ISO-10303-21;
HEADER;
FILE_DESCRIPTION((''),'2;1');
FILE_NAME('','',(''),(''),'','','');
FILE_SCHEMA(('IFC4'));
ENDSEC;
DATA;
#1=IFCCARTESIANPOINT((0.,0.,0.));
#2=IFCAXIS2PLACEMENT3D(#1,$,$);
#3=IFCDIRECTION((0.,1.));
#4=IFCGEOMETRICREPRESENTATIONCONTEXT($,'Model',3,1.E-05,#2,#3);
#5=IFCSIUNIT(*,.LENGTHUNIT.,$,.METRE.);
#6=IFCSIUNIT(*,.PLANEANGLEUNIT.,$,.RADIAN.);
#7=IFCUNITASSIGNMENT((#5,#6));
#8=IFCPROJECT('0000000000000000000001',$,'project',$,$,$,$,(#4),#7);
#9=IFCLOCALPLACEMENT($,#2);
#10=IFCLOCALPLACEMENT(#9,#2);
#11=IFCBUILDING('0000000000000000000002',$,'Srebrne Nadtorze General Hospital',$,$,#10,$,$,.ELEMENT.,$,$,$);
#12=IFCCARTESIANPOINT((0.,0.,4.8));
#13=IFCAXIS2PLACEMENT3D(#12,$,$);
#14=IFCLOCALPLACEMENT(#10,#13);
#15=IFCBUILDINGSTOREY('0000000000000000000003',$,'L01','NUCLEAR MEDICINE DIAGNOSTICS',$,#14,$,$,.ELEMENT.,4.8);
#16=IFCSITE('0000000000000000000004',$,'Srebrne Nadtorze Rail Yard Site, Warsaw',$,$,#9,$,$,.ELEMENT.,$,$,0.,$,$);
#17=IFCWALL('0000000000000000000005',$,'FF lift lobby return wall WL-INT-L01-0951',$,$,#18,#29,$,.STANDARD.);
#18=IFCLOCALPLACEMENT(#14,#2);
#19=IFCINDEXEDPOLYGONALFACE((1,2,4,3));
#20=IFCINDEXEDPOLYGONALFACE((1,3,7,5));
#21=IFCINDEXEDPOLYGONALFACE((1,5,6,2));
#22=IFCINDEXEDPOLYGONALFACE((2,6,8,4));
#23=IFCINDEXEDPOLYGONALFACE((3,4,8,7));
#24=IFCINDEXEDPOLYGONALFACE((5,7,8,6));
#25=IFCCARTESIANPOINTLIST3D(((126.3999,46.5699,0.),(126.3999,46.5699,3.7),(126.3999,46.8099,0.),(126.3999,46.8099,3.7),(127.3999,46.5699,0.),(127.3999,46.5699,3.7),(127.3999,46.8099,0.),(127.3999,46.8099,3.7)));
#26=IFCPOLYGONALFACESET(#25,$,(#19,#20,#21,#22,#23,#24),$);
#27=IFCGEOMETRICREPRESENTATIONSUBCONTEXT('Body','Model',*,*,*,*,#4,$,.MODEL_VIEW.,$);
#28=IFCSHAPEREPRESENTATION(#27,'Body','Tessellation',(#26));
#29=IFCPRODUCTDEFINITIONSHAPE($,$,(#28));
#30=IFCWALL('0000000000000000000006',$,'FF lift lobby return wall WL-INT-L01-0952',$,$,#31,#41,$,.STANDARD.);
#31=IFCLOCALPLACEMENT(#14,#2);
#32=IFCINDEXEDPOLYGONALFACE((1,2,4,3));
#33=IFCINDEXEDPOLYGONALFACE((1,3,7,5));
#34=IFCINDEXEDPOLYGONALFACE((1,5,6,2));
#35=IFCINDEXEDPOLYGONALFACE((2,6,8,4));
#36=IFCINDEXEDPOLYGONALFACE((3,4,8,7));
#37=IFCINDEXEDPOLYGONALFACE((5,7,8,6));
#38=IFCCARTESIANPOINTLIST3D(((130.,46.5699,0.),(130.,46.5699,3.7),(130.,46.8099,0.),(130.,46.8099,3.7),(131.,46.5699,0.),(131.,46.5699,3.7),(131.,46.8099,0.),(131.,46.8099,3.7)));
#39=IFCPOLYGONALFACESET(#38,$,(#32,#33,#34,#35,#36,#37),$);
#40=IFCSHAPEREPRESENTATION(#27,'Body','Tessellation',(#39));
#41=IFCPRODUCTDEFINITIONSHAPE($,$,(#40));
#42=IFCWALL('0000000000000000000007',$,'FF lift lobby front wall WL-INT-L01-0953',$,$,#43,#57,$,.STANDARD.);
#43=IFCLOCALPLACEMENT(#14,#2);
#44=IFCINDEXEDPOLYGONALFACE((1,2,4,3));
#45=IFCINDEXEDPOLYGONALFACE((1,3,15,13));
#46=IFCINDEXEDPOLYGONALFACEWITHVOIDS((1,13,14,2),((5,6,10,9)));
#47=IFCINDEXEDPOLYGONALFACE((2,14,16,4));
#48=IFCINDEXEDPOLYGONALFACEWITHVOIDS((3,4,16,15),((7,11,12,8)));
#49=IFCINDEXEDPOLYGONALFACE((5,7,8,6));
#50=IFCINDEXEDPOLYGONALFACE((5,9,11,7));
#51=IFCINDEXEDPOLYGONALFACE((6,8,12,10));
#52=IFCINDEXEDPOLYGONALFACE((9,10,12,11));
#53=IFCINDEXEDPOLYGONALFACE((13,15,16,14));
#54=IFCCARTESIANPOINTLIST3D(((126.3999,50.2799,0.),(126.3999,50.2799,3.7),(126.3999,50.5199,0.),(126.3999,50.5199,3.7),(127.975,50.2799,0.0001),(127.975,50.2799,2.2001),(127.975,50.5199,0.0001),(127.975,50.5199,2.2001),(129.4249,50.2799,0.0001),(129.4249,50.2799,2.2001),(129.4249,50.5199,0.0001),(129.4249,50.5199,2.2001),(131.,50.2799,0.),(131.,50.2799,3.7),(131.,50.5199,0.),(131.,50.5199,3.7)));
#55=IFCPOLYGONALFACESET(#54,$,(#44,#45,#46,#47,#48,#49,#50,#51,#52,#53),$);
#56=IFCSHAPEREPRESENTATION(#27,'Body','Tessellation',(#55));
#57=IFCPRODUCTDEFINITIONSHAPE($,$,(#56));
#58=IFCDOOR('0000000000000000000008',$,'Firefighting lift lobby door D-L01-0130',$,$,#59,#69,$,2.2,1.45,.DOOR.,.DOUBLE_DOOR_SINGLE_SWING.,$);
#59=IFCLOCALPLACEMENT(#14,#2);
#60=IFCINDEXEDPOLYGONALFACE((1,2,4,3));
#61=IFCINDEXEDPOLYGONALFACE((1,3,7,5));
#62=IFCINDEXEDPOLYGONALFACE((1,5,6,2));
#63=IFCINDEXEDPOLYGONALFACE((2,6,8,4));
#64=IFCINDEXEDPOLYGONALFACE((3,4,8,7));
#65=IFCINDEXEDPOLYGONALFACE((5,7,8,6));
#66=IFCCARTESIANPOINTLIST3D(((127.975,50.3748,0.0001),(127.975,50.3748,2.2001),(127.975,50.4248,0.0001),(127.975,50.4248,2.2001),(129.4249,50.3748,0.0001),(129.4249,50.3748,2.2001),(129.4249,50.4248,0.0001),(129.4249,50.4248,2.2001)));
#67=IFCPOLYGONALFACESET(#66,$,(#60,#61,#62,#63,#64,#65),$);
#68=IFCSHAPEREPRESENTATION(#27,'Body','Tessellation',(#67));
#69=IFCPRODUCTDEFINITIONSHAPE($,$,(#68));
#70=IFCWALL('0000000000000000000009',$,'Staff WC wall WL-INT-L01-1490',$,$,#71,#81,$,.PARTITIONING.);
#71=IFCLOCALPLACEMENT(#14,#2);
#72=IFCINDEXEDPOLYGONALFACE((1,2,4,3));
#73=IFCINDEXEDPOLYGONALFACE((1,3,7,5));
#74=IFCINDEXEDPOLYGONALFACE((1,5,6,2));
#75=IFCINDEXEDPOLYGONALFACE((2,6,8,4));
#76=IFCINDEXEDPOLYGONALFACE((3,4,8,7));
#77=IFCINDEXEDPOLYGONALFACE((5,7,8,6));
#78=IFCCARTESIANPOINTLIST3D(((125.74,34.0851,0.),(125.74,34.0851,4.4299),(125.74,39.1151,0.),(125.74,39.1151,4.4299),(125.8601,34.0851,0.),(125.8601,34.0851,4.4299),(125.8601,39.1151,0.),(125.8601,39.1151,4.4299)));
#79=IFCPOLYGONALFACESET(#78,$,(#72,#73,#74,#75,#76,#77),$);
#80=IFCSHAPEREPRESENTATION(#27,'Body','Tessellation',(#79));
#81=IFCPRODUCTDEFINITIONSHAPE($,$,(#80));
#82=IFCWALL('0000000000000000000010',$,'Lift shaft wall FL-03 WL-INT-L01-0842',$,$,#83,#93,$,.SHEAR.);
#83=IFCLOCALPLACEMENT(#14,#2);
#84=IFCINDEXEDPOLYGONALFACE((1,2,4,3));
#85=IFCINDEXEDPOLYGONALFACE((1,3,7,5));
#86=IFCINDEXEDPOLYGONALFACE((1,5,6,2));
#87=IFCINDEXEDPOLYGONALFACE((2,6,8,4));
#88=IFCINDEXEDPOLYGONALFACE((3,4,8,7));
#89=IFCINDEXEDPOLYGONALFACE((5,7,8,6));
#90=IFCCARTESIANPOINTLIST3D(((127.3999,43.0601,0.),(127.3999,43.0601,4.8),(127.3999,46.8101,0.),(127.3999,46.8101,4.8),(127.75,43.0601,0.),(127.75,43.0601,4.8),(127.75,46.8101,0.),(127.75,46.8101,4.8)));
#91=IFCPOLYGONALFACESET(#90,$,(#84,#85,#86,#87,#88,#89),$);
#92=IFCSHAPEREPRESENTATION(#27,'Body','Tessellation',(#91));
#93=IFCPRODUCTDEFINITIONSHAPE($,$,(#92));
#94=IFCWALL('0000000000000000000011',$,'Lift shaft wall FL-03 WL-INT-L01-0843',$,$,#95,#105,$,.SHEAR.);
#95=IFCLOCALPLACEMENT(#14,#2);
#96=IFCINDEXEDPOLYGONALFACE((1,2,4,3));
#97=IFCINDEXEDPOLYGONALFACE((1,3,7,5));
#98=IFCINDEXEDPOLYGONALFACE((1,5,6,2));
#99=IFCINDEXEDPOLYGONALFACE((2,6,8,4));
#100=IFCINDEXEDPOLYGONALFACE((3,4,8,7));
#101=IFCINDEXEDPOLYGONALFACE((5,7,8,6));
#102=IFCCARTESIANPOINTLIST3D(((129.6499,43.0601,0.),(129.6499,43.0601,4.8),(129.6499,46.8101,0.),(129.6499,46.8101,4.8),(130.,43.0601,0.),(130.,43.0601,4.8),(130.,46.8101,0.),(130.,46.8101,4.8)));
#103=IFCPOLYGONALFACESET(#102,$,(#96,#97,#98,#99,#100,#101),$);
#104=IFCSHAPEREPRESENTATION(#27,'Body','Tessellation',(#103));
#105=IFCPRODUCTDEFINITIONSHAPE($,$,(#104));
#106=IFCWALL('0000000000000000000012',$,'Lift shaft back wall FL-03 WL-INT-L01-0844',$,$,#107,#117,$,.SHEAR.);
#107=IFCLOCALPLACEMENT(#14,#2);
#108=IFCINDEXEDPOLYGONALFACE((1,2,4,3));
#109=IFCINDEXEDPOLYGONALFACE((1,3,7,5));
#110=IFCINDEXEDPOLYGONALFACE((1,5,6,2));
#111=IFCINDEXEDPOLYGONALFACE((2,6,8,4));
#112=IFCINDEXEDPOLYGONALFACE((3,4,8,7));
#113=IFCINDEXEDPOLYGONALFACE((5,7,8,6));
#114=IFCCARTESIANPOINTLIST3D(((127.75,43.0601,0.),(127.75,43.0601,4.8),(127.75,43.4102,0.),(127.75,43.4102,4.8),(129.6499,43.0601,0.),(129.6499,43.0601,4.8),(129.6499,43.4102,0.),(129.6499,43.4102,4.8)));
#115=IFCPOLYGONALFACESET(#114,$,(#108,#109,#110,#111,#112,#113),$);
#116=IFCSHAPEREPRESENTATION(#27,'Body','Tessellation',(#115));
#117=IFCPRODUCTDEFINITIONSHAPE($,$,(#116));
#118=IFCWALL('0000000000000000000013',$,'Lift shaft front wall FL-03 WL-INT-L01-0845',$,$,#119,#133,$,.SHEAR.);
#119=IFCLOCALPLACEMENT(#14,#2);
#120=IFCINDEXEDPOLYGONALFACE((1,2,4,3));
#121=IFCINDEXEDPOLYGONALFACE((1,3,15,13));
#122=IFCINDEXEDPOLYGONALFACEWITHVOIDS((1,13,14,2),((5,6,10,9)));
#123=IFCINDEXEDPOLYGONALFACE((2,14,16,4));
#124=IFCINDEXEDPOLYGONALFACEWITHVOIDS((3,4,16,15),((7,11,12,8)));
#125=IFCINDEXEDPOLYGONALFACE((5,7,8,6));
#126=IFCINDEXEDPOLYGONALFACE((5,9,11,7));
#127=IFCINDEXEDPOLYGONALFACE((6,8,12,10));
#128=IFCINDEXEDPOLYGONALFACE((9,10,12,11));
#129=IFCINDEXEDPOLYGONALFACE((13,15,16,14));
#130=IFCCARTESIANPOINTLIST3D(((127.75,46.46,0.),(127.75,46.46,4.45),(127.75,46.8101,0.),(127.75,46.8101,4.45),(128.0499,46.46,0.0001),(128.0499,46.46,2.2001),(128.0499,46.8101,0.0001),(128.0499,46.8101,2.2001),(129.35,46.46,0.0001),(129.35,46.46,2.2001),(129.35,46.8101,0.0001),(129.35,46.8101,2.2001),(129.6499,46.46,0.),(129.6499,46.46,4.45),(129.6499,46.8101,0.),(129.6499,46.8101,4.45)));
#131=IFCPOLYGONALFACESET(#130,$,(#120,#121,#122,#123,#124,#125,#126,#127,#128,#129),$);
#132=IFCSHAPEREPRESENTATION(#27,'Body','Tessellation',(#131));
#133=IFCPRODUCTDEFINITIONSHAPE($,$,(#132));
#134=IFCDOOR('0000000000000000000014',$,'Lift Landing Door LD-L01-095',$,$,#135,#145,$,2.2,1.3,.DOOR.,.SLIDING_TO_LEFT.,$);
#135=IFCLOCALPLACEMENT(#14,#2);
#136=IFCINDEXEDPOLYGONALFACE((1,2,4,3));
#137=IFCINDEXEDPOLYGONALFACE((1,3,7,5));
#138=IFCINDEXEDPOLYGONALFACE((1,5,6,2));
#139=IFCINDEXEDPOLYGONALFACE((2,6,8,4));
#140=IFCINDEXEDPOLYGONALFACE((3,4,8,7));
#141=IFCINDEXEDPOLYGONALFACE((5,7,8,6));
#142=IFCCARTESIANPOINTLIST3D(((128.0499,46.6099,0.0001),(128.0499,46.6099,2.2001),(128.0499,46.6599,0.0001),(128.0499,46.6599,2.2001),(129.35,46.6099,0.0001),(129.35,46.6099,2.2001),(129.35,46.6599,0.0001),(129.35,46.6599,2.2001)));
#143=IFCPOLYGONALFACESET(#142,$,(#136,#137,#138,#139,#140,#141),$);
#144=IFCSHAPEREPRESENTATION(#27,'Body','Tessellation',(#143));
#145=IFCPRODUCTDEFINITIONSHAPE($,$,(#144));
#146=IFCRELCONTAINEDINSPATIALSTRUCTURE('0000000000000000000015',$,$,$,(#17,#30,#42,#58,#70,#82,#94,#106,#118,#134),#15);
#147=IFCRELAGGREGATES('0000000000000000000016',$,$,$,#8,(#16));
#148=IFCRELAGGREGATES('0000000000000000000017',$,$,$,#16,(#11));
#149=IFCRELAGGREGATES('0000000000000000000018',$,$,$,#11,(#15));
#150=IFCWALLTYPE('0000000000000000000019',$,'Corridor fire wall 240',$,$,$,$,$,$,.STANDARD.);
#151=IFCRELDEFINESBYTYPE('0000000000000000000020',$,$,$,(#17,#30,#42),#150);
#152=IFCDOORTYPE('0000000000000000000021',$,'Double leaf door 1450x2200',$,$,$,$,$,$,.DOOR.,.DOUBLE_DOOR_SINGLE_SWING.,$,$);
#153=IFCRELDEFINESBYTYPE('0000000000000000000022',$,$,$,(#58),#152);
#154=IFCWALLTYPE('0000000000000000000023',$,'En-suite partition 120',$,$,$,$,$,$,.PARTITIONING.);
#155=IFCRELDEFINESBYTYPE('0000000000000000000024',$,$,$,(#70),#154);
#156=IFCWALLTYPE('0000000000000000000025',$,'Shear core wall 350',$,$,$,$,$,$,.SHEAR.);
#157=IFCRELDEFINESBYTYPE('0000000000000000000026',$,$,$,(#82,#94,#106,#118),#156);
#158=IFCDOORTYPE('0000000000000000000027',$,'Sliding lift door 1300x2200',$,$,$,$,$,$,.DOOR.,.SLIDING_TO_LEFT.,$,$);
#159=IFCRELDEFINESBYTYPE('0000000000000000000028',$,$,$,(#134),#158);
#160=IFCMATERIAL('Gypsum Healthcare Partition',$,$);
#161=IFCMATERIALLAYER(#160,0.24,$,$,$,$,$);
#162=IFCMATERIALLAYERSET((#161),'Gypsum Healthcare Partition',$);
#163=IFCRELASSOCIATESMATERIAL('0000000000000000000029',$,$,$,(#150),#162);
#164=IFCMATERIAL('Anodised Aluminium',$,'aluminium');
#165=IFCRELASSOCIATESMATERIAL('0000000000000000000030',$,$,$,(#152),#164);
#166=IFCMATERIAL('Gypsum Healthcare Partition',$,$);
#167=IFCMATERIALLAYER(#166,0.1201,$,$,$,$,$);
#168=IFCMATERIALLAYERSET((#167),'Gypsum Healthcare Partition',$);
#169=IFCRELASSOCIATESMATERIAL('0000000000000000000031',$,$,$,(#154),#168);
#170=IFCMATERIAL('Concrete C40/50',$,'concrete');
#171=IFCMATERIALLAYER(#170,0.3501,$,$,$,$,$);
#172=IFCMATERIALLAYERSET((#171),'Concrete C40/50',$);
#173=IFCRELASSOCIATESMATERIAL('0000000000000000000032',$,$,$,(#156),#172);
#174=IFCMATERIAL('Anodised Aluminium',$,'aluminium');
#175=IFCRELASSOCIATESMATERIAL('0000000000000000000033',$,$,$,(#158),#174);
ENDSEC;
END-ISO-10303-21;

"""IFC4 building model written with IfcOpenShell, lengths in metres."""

from ifc_helpers import new_model, si_unit, direction, frame, frame_2d, origin, place, context, subcontext, project, spatial, rectangle, extrude, material, layer, layer_set, type_object, element, fill, save


model = new_model("IFC4")

# Units and contexts
model_context = context("Model", 3, precision=1e-05, world=origin(), true_north=direction((0.0, 1.0)))
body_context = subcontext(model_context, "Body", "Model", "MODEL_VIEW")
ifc_project = project(units=[si_unit("LENGTHUNIT", "METRE"), si_unit("PLANEANGLEUNIT", "RADIAN")], contexts=[model_context])

# Site, building, storey
site_placement = place(None, origin())
site = spatial("IfcSite", under=ifc_project, at=site_placement, Name="Srebrne Nadtorze Rail Yard Site, Warsaw", CompositionType="ELEMENT", RefElevation=0.0)
building_placement = place(site_placement, origin())
building = spatial("IfcBuilding", under=site, at=building_placement, Name="Srebrne Nadtorze General Hospital", CompositionType="ELEMENT")
storey_placement = place(building_placement, frame((0.0, 0.0, 4.8)))
storey = spatial("IfcBuildingStorey", under=building, at=storey_placement, Name="L01", Description="NUCLEAR MEDICINE DIAGNOSTICS", CompositionType="ELEMENT", Elevation=4.8)

# Walls
ifc_material_1 = material(Name="Gypsum Healthcare Partition")
ifc_layer_1 = layer(ifc_material_1, 0.24)
ifc_layer_set_1 = layer_set([ifc_layer_1], Name="Gypsum Healthcare Partition")
wall_type_1 = type_object("IfcWallType", Name="Corridor fire wall 240", PredefinedType="STANDARD", material=ifc_layer_set_1)
for number, where, z_axis, x_axis, name in (
    (1, (126.3999, 46.6899, 0.0), (0.0, 0.0, 1.0), (1.0, 0.0, 0.0), "FF lift lobby return wall WL-INT-L01-0951"),
    (2, (130.0, 46.6899, 0.0), (0.0, 0.0, 1.0), (1.0, 0.0, 0.0), "FF lift lobby return wall WL-INT-L01-0952"),
):
    element("IfcWall", number, at=place(storey_placement, frame(where, z_axis=z_axis, x_axis=x_axis)), inside=storey, type_object=wall_type_1, Name=name, PredefinedType="STANDARD", context=body_context, shape_type="SweptSolid", body=[
        extrude(rectangle(XDim=1.0, YDim=0.24, at=frame_2d((0.5, 0.0))), origin(), (0.0, 0.0, 1.0), 3.7),
    ])

# Wall, opening, door
wall_1_placement = place(storey_placement, frame((126.3999, 50.3999, 0.0), z_axis=(0.0, 0.0, 1.0), x_axis=(1.0, 0.0, 0.0)))
wall_1 = element("IfcWall", 3, at=wall_1_placement, inside=storey, type_object=wall_type_1, Name="FF lift lobby front wall WL-INT-L01-0953", PredefinedType="STANDARD", context=body_context, shape_type="SweptSolid", body=[
    extrude(rectangle(XDim=4.6001, YDim=0.24, at=frame_2d((2.3, 0.0))), origin(), (0.0, 0.0, 1.0), 3.7),
])
opening_1_placement = place(wall_1_placement, frame((1.575, 0.0, 0.0)))
opening_1 = element("IfcOpeningElement", 4, at=opening_1_placement, cuts=wall_1, PredefinedType="OPENING", context=body_context, shape_type="SweptSolid", body=[
    extrude(rectangle(XDim=1.45, YDim=2.2, at=frame_2d((0.7251, 1.1001))), frame((0.0, 0.1318, 0.0), z_axis=(0.0, -1.0, 0.0), x_axis=(1.0, 0.0, 0.0)), (0.0, 0.0, 1.0), 0.2639),
])
ifc_material_2 = material(Name="Anodised Aluminium", Category="aluminium")
door_type_1 = type_object("IfcDoorType", Name="Double leaf door 1450x2200", OperationType="DOUBLE_DOOR_SINGLE_SWING", PredefinedType="DOOR", material=ifc_material_2)
door_1_placement = place(opening_1_placement, origin())
door_1 = element("IfcDoor", 5, at=door_1_placement, inside=storey, type_object=door_type_1, Name="Firefighting lift lobby door D-L01-0130", OperationType="DOUBLE_DOOR_SINGLE_SWING", OverallHeight=2.2, OverallWidth=1.45, PredefinedType="DOOR", context=body_context, shape_type="SweptSolid", body=[
    extrude(rectangle(XDim=1.45, YDim=2.2, at=frame_2d((0.7251, 1.1001))), frame((0.0, 0.0249, 0.0), z_axis=(0.0, -1.0, 0.0), x_axis=(1.0, 0.0, 0.0)), (0.0, 0.0, 1.0), 0.05),
])
fill(opening_1, door_1)

# Walls
ifc_material_3 = material(Name="Gypsum Healthcare Partition")
ifc_layer_2 = layer(ifc_material_3, 0.1201)
ifc_layer_set_2 = layer_set([ifc_layer_2], Name="Gypsum Healthcare Partition")
wall_type_2 = type_object("IfcWallType", Name="En-suite partition 120", PredefinedType="PARTITIONING", material=ifc_layer_set_2)
wall_2_placement = place(storey_placement, frame((125.8, 34.085, 0.0), z_axis=(0.0, 0.0, 1.0), x_axis=(0.0, 1.0, 0.0)))
element("IfcWall", 6, at=wall_2_placement, inside=storey, type_object=wall_type_2, Name="Staff WC wall WL-INT-L01-1490", PredefinedType="PARTITIONING", context=body_context, shape_type="SweptSolid", body=[
    extrude(rectangle(XDim=5.03, YDim=0.1201, at=frame_2d((2.5151, 0.0))), origin(), (0.0, 0.0, 1.0), 4.4299),
])
ifc_material_4 = material(Name="Concrete C40/50", Category="concrete")
ifc_layer_3 = layer(ifc_material_4, 0.3501)
ifc_layer_set_3 = layer_set([ifc_layer_3], Name="Concrete C40/50")
wall_type_3 = type_object("IfcWallType", Name="Shear core wall 350", PredefinedType="SHEAR", material=ifc_layer_set_3)
for number, where, z_axis, x_axis, name in (
    (7, (127.575, 43.0601, 0.0), (0.0, 0.0, 1.0), (0.0, 1.0, 0.0), "Lift shaft wall FL-03 WL-INT-L01-0842"),
    (8, (129.825, 43.0601, 0.0), (0.0, 0.0, 1.0), (0.0, 1.0, 0.0), "Lift shaft wall FL-03 WL-INT-L01-0843"),
):
    element("IfcWall", number, at=place(storey_placement, frame(where, z_axis=z_axis, x_axis=x_axis)), inside=storey, type_object=wall_type_3, Name=name, PredefinedType="SHEAR", context=body_context, shape_type="SweptSolid", body=[
        extrude(rectangle(XDim=3.75, YDim=0.3501, at=frame_2d((1.875, 0.0))), origin(), (0.0, 0.0, 1.0), 4.8),
    ])
wall_3_placement = place(storey_placement, frame((127.75, 43.2351, 0.0), z_axis=(0.0, 0.0, 1.0), x_axis=(1.0, 0.0, 0.0)))
element("IfcWall", 9, at=wall_3_placement, inside=storey, type_object=wall_type_3, Name="Lift shaft back wall FL-03 WL-INT-L01-0844", PredefinedType="SHEAR", context=body_context, shape_type="SweptSolid", body=[
    extrude(rectangle(XDim=1.8999, YDim=0.3501, at=frame_2d((0.95, 0.0))), origin(), (0.0, 0.0, 1.0), 4.8),
])

# Wall, opening, door
wall_4_placement = place(storey_placement, frame((127.75, 46.635, 0.0), z_axis=(0.0, 0.0, 1.0), x_axis=(1.0, 0.0, 0.0)))
wall_4 = element("IfcWall", 10, at=wall_4_placement, inside=storey, type_object=wall_type_3, Name="Lift shaft front wall FL-03 WL-INT-L01-0845", PredefinedType="SHEAR", context=body_context, shape_type="SweptSolid", body=[
    extrude(rectangle(XDim=1.8999, YDim=0.3501, at=frame_2d((0.95, 0.0))), origin(), (0.0, 0.0, 1.0), 4.45),
])
opening_2_placement = place(wall_4_placement, frame((0.3, 0.0, 0.0)))
opening_2 = element("IfcOpeningElement", 11, at=opening_2_placement, cuts=wall_4, PredefinedType="OPENING", context=body_context, shape_type="SweptSolid", body=[
    extrude(rectangle(XDim=1.3, YDim=2.2, at=frame_2d((0.6499, 1.1001))), frame((0.0, 0.187, 0.0), z_axis=(0.0, -1.0, 0.0), x_axis=(1.0, 0.0, 0.0)), (0.0, 0.0, 1.0), 0.374),
])
ifc_material_5 = material(Name="Anodised Aluminium", Category="aluminium")
door_type_2 = type_object("IfcDoorType", Name="Sliding lift door 1300x2200", OperationType="SLIDING_TO_LEFT", PredefinedType="DOOR", material=ifc_material_5)
door_2_placement = place(opening_2_placement, origin())
door_2 = element("IfcDoor", 12, at=door_2_placement, inside=storey, type_object=door_type_2, Name="Lift Landing Door LD-L01-095", OperationType="SLIDING_TO_LEFT", OverallHeight=2.2, OverallWidth=1.3, PredefinedType="DOOR", context=body_context, shape_type="SweptSolid", body=[
    extrude(rectangle(XDim=1.3, YDim=2.2, at=frame_2d((0.6499, 1.1001))), frame((0.0, 0.0249, 0.0), z_axis=(0.0, -1.0, 0.0), x_axis=(1.0, 0.0, 0.0)), (0.0, 0.0, 1.0), 0.05),
])
fill(opening_2, door_2)

save(model, "model.ifc")
